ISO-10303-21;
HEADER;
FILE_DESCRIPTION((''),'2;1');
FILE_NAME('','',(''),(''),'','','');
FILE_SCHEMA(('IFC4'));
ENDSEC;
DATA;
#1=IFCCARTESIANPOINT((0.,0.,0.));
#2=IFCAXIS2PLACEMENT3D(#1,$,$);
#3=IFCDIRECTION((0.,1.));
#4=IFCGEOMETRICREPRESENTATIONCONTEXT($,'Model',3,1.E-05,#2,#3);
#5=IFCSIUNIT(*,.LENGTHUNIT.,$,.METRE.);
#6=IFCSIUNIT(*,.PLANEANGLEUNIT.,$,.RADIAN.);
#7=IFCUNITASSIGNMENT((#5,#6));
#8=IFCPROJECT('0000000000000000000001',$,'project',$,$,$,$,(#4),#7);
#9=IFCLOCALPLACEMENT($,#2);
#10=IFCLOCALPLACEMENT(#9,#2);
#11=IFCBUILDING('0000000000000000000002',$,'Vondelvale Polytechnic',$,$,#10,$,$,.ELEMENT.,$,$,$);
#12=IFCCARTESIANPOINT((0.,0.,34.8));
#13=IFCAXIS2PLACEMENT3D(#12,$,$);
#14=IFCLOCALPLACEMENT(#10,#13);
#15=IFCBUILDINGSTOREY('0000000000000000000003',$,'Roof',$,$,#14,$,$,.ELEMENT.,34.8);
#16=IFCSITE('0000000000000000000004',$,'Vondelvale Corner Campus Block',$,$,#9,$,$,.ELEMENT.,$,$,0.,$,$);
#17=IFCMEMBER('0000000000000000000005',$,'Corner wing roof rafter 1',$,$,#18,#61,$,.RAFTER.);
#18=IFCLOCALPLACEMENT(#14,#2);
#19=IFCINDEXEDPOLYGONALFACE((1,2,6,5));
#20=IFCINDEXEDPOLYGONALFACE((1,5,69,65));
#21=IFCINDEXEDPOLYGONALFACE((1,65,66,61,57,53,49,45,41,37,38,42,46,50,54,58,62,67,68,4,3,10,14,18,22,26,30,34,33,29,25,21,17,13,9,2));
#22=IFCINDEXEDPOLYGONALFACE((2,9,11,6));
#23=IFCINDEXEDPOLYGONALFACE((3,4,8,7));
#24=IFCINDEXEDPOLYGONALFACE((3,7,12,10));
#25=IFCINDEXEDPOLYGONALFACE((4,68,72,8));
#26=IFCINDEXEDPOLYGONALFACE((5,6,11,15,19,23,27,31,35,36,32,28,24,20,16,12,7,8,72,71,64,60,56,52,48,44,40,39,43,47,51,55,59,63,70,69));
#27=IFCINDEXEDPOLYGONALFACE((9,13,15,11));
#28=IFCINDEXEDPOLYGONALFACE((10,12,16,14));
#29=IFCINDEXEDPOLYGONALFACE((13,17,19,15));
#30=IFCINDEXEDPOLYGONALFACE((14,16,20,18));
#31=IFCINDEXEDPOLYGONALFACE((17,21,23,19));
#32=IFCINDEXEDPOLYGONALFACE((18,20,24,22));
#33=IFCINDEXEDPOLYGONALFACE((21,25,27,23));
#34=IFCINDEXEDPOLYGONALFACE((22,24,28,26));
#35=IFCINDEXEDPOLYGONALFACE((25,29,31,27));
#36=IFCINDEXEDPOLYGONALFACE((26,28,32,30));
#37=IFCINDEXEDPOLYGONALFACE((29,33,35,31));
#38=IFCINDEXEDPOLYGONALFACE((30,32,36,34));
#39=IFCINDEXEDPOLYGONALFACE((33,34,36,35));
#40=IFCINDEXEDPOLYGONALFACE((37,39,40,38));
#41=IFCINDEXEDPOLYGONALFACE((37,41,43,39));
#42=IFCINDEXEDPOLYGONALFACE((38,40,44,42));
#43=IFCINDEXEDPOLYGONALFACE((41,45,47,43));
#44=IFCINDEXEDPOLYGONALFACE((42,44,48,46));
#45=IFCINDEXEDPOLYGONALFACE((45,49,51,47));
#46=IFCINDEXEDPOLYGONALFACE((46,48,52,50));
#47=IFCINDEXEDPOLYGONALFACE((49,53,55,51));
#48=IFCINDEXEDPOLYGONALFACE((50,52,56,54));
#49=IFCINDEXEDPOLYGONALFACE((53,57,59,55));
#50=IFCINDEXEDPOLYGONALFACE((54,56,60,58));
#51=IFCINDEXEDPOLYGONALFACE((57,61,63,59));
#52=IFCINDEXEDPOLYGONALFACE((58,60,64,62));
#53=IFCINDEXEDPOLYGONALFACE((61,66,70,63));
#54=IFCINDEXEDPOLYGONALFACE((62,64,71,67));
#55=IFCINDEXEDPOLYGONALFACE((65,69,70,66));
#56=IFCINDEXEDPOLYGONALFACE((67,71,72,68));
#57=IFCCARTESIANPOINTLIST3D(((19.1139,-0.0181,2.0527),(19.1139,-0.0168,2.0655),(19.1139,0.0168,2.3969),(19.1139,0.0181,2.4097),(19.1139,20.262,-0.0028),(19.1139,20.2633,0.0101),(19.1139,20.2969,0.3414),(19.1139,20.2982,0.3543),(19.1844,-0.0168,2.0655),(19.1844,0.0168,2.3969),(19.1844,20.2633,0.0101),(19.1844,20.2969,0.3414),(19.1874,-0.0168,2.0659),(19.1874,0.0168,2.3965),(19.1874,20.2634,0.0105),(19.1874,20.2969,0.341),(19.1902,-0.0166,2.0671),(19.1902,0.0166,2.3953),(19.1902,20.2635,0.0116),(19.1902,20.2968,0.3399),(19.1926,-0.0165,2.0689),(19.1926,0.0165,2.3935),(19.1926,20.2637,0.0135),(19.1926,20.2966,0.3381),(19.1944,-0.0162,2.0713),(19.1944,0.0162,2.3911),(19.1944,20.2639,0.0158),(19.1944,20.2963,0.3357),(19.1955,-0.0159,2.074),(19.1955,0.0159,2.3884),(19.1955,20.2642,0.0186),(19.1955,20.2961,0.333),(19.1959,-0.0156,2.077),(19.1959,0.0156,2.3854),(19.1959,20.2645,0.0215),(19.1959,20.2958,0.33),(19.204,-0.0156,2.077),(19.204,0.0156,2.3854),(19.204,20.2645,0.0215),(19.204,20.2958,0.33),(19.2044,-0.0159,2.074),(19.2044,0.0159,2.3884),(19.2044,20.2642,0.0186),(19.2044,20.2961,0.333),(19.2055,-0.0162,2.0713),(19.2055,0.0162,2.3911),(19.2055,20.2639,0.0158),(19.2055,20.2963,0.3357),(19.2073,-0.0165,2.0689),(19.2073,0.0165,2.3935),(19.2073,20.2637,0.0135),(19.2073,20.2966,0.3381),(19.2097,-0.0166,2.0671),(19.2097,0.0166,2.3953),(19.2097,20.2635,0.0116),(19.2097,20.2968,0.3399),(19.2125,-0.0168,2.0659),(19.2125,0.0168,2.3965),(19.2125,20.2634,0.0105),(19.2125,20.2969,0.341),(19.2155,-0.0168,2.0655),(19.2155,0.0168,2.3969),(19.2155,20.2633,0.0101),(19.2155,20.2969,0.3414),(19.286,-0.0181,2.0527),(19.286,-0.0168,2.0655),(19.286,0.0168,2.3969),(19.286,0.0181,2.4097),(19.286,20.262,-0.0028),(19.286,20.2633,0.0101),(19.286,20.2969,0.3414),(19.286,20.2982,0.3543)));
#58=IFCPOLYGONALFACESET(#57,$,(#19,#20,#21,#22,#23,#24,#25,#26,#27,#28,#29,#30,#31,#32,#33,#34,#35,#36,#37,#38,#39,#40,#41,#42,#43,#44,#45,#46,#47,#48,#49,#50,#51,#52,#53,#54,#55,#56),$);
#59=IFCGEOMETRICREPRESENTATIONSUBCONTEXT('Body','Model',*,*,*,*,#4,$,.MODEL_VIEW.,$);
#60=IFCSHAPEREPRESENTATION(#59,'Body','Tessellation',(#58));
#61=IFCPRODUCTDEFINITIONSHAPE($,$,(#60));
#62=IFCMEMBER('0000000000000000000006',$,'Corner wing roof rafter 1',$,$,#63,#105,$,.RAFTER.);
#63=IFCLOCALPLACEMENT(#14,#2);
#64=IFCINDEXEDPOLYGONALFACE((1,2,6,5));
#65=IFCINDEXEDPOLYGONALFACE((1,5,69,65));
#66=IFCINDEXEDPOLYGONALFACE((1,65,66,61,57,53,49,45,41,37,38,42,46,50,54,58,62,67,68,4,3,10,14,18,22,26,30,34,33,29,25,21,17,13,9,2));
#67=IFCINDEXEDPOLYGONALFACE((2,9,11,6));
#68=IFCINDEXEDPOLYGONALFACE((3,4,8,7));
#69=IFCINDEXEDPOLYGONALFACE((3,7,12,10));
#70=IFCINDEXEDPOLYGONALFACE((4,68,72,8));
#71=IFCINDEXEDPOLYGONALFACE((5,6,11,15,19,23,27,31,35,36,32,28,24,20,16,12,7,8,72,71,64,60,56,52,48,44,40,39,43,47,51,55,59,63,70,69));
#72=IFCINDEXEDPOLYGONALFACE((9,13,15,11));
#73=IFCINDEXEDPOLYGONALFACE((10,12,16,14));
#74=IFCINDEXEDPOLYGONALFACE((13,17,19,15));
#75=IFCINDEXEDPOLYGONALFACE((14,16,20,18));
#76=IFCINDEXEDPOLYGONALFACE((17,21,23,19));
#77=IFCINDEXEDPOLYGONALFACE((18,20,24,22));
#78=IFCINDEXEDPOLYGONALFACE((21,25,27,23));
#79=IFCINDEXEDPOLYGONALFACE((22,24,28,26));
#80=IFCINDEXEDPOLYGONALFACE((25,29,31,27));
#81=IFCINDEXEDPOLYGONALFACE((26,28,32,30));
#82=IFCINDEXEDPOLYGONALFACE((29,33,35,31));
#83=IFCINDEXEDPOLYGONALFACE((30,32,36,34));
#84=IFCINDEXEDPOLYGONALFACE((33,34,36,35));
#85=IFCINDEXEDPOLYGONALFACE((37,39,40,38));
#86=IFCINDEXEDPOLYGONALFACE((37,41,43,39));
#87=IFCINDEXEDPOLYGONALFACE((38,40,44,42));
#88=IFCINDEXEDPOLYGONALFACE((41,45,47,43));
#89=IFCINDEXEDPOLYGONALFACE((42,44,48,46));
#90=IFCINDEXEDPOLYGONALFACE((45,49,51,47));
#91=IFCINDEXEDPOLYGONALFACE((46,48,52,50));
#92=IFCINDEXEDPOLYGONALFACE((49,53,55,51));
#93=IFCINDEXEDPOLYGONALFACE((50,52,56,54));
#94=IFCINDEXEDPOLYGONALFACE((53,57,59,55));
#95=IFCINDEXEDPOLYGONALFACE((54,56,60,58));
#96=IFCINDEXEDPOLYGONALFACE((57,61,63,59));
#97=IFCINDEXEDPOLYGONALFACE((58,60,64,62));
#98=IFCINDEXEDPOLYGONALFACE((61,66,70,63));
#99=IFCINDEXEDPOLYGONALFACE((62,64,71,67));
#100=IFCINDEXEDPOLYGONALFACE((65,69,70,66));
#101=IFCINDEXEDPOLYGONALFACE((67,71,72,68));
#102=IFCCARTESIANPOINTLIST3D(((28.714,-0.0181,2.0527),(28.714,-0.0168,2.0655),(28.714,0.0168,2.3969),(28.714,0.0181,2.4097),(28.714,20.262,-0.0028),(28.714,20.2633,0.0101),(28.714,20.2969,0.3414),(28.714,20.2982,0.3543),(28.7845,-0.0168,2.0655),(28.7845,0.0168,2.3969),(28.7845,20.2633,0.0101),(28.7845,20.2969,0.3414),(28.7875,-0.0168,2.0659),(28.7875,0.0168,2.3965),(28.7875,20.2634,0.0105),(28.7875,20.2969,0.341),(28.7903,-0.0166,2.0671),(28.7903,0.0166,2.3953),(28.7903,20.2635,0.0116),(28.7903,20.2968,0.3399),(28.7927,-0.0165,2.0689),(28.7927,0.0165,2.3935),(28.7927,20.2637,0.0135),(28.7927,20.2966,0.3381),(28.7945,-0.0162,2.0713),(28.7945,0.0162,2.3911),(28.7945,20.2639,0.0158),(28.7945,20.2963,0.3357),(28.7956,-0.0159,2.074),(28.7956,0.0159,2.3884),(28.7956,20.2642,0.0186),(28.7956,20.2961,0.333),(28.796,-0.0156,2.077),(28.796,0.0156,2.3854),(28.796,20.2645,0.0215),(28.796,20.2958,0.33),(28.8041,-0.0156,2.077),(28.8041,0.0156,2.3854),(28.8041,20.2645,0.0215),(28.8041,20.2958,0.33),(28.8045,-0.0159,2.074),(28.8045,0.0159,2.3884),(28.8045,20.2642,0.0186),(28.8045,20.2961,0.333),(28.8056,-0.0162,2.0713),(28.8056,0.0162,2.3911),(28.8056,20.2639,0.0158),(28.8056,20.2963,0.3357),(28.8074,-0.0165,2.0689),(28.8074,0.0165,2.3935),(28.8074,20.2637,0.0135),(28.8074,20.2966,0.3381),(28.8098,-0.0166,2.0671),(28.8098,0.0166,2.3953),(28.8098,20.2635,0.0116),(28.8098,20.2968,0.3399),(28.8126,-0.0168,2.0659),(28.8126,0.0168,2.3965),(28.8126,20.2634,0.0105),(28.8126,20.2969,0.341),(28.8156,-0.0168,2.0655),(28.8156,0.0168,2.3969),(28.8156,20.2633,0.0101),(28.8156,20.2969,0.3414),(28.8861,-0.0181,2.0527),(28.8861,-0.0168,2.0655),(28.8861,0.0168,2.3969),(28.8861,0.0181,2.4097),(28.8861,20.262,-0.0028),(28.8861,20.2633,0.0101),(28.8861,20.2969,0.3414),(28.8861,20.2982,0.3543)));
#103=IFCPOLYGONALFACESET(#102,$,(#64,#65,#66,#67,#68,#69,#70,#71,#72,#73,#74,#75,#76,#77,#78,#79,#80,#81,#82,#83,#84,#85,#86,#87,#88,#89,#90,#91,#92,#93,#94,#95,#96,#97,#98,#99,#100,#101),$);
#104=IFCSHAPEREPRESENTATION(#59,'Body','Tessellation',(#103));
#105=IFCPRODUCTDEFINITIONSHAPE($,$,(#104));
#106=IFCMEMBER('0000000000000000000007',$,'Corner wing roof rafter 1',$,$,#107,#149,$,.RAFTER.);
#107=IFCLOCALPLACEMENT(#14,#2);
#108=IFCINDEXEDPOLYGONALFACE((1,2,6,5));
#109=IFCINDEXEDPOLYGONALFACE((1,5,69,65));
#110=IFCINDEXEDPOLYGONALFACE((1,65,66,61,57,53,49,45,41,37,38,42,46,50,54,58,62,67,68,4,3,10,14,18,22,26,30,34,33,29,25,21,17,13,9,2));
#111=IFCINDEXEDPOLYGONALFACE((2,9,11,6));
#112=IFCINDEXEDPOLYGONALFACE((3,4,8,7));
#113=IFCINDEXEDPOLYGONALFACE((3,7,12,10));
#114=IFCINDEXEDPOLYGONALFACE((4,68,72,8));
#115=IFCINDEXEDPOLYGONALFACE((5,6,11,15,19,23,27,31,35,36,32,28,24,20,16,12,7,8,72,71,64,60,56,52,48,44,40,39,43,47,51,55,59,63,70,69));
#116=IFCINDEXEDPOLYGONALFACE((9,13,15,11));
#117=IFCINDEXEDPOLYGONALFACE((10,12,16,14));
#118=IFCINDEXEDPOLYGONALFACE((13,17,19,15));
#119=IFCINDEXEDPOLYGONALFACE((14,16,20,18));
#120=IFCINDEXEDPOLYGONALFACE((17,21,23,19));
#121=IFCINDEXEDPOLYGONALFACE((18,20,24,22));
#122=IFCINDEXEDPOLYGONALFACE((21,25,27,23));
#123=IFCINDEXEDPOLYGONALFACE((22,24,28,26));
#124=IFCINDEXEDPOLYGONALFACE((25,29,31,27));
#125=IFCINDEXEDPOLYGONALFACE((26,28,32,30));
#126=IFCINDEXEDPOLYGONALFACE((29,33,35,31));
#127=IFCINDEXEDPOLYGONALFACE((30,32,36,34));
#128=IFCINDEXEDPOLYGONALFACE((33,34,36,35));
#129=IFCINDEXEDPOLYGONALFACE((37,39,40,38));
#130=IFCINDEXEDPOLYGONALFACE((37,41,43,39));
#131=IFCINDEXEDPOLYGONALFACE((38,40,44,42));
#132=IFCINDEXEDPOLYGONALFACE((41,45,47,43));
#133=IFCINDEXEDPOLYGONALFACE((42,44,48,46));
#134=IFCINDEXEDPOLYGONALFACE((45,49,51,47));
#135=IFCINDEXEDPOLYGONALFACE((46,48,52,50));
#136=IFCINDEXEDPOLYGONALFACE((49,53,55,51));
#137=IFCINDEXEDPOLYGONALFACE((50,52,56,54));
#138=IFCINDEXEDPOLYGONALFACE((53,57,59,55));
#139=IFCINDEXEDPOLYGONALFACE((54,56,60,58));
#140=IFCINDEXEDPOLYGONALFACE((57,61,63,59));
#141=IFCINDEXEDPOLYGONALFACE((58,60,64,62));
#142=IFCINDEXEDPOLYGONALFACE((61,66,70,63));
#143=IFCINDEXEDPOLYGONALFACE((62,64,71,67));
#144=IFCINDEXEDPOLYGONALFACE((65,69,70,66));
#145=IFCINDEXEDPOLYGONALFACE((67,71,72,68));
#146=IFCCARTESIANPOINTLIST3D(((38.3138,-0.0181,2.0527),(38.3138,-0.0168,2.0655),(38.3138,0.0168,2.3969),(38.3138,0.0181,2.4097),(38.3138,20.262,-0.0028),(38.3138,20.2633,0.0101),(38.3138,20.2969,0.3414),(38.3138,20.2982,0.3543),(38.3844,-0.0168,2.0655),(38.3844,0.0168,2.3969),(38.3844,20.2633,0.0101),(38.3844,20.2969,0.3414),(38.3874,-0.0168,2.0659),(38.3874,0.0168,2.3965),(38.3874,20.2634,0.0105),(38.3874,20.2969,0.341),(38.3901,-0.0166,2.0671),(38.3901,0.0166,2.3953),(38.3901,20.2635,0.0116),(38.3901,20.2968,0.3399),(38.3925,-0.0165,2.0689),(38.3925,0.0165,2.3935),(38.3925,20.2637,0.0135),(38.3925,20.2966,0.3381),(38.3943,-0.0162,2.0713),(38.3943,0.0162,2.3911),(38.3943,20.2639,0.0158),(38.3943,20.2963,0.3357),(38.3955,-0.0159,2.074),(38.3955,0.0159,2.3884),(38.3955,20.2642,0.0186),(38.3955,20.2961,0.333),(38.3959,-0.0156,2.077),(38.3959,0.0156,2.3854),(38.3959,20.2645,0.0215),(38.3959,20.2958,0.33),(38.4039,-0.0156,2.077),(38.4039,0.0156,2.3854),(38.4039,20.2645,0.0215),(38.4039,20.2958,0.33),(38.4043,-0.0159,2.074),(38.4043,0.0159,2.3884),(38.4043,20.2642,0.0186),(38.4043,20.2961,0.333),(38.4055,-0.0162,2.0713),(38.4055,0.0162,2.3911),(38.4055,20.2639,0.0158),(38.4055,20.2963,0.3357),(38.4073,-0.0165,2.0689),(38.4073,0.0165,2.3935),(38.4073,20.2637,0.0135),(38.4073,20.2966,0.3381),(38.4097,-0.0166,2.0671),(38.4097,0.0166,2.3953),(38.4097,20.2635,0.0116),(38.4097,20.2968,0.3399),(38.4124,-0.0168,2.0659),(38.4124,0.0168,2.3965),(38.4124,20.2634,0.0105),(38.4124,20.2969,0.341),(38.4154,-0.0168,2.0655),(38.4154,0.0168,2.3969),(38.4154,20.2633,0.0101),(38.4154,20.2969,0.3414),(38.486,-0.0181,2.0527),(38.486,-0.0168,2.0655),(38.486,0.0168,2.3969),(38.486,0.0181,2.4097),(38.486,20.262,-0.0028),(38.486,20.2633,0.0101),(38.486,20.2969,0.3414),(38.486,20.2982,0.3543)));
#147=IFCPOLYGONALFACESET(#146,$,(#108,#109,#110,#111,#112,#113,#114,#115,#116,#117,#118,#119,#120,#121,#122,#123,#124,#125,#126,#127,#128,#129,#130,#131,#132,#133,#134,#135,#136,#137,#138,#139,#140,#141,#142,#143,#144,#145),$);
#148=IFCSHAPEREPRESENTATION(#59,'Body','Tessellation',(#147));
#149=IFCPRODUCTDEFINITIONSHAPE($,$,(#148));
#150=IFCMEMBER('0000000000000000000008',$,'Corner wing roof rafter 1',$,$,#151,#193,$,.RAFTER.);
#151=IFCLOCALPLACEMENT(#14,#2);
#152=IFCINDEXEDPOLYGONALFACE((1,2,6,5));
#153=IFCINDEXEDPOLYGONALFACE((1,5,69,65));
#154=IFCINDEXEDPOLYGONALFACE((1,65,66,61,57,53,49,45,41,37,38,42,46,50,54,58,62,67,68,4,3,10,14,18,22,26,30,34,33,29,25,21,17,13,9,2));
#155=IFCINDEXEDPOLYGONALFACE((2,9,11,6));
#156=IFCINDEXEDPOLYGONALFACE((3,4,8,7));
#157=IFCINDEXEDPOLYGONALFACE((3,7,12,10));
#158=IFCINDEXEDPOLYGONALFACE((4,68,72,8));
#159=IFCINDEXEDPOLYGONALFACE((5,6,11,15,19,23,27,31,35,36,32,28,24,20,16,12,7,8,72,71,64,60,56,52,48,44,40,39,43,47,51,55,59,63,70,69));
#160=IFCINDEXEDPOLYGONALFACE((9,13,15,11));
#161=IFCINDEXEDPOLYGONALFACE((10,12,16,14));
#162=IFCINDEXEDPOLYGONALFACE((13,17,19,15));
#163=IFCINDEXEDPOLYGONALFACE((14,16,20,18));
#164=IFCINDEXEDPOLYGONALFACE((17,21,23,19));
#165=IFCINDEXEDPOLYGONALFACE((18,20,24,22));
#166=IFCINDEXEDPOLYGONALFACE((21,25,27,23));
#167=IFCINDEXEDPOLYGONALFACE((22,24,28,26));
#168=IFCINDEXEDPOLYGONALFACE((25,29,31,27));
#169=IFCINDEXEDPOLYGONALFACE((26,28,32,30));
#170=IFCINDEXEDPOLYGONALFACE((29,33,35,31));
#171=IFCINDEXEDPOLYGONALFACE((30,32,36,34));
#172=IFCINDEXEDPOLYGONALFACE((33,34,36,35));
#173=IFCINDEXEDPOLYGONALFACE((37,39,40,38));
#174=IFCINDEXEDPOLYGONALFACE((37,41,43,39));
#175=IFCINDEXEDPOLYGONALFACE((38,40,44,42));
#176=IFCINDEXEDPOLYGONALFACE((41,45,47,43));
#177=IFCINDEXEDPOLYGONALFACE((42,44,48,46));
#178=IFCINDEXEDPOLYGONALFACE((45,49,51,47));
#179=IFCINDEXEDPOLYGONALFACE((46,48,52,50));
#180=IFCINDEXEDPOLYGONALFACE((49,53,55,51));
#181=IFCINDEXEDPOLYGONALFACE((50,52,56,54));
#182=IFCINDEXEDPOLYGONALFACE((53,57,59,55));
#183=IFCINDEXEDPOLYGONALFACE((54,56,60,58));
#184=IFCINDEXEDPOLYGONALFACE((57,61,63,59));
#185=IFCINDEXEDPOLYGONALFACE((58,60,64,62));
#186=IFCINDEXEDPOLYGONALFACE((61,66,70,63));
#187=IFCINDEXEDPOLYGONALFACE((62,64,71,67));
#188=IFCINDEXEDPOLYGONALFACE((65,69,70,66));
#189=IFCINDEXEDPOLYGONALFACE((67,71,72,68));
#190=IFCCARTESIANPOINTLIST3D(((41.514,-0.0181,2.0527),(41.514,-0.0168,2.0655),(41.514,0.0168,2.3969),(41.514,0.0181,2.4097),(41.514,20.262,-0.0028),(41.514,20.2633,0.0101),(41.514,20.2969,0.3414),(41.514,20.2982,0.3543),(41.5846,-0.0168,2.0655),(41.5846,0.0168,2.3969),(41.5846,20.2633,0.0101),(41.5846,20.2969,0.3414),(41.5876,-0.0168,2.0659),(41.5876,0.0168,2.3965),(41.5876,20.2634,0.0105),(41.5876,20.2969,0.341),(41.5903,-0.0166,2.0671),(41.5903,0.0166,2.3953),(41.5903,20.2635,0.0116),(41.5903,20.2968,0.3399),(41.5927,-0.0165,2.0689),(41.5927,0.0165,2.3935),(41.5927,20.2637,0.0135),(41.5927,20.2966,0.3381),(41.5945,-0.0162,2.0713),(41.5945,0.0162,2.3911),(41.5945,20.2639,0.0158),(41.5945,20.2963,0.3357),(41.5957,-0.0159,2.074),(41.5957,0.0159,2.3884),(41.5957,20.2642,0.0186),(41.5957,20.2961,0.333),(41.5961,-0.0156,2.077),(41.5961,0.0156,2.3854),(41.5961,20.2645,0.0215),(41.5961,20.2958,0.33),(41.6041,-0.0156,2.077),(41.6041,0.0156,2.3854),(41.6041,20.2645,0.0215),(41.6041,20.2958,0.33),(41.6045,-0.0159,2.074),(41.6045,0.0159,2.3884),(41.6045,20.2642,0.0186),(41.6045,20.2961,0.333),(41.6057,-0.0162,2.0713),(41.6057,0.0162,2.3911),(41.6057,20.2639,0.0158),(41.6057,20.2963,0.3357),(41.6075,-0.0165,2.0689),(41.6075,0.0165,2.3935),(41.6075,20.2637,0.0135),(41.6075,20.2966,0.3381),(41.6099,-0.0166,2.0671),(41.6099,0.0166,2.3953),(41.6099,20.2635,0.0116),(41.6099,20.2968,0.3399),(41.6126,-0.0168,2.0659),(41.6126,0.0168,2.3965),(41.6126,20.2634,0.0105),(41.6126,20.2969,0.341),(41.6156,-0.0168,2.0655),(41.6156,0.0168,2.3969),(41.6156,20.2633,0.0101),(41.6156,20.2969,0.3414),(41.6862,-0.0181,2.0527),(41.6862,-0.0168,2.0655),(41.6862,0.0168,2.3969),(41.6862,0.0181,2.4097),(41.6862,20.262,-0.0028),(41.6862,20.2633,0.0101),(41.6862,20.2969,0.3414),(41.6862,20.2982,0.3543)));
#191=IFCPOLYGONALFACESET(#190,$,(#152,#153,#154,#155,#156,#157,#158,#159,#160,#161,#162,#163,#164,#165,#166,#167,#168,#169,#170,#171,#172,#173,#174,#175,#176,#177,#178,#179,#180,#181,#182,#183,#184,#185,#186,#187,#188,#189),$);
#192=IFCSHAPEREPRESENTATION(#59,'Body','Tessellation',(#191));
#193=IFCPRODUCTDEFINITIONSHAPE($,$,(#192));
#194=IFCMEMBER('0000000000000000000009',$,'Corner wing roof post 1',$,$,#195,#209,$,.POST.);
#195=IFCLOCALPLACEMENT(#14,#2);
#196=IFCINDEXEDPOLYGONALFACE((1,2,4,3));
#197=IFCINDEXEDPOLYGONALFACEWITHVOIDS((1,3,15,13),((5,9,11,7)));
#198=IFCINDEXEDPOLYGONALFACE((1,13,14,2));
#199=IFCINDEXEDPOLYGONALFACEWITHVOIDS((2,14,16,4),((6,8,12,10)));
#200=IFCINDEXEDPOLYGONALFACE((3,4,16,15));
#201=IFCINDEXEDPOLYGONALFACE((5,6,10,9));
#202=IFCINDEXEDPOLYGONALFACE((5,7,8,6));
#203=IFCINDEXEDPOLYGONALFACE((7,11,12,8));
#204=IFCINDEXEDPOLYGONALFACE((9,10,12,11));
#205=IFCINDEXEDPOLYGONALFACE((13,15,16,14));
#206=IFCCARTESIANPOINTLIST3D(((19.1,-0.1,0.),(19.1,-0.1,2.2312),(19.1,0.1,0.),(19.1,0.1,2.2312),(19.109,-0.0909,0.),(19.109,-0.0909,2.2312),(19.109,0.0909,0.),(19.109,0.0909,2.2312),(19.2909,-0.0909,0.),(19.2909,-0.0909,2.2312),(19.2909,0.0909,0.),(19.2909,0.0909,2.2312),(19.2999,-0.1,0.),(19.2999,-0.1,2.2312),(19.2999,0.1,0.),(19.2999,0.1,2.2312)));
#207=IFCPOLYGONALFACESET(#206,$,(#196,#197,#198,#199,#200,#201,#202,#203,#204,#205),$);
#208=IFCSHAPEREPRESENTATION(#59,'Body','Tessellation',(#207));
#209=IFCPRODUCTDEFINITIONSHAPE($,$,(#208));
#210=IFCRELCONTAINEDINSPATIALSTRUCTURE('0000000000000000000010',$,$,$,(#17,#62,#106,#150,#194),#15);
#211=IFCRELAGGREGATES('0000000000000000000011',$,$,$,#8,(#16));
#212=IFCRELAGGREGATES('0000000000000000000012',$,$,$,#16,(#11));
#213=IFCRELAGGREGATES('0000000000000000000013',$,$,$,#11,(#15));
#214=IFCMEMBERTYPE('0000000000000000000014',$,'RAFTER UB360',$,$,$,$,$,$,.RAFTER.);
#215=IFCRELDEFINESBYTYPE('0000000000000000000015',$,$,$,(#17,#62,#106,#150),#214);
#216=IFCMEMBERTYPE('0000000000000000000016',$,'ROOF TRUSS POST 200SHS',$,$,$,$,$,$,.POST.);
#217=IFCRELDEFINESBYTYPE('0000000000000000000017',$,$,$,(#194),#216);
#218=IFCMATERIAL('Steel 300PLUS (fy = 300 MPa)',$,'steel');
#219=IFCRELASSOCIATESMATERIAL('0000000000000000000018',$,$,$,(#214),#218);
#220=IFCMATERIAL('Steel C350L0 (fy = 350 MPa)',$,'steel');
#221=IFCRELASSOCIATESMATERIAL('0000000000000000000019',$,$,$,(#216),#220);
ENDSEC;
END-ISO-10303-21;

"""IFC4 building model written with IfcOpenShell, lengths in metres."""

from ifc_helpers import new_model, si_unit, direction, frame, origin, origin_2d, place, context, subcontext, project, spatial, hollow_rectangle, i_section, extrude, material, material_profile, profile_set, type_object, element, save


model = new_model("IFC4")

# Units and contexts
model_context = context("Model", 3, precision=1e-05, world=origin(), true_north=direction((0.0, 1.0)))
body_context = subcontext(model_context, "Body", "Model", "MODEL_VIEW")
ifc_project = project(units=[si_unit("LENGTHUNIT", "METRE"), si_unit("PLANEANGLEUNIT", "RADIAN")], contexts=[model_context])

# Site, building, storey
site_placement = place(None, origin())
site = spatial("IfcSite", under=ifc_project, at=site_placement, Name="Vondelvale Corner Campus Block", CompositionType="ELEMENT", RefElevation=0.0)
building_placement = place(site_placement, origin())
building = spatial("IfcBuilding", under=site, at=building_placement, Name="Vondelvale Polytechnic", CompositionType="ELEMENT")
storey_placement = place(building_placement, frame((0.0, 0.0, 34.8)))
storey = spatial("IfcBuildingStorey", under=building, at=storey_placement, Name="Roof", CompositionType="ELEMENT", Elevation=34.8)

# Members
ifc_material_1 = material(Name="Steel 300PLUS (fy = 300 MPa)", Category="steel")
ifc_material_profile_1 = material_profile(ifc_material_1, i_section(OverallWidth=0.1721, OverallDepth=0.3589, WebThickness=0.0081, FlangeThickness=0.0129, FilletRadius=0.0115, at=origin_2d()), Name="360UB56.7")
ifc_profile_set_1 = profile_set([ifc_material_profile_1], Name="Steel 300PLUS (fy = 300 MPa)")
member_type_1 = type_object("IfcMemberType", Name="RAFTER UB360", PredefinedType="RAFTER", material=ifc_profile_set_1)
for number, where, z_axis, x_axis, name in (
    (1, (19.2, 0.0, 2.2312), (0.0, 0.994903, -0.100835), (-1.0, 0.0, 0.0), "Corner wing roof rafter 1"),
    (2, (28.8, 0.0, 2.2312), (0.0, 0.994903, -0.100835), (-1.0, 0.0, 0.0), "Corner wing roof rafter 1"),
    (3, (38.3999, 0.0, 2.2312), (0.0, 0.994903, -0.100835), (-1.0, 0.0, 0.0), "Corner wing roof rafter 1"),
    (4, (41.6001, 0.0, 2.2312), (0.0, 0.994903, -0.100835), (-1.0, 0.0, 0.0), "Corner wing roof rafter 1"),
):
    element("IfcMember", number, at=place(storey_placement, frame(where, z_axis=z_axis, x_axis=x_axis)), inside=storey, type_object=member_type_1, Name=name, PredefinedType="RAFTER", context=body_context, shape_type="SweptSolid", body=[
        extrude(i_section(OverallWidth=0.1721, OverallDepth=0.3589, WebThickness=0.0081, FlangeThickness=0.0129, FilletRadius=0.0115, at=origin_2d()), origin(), (0.0, 0.0, 1.0), 20.384),
    ])
ifc_material_2 = material(Name="Steel C350L0 (fy = 350 MPa)", Category="steel")
ifc_material_profile_2 = material_profile(ifc_material_2, hollow_rectangle(XDim=0.2, YDim=0.2, WallThickness=0.009, at=origin_2d()), Name="200x200x9.0SHS")
ifc_profile_set_2 = profile_set([ifc_material_profile_2], Name="Steel C350L0 (fy = 350 MPa)")
member_type_2 = type_object("IfcMemberType", Name="ROOF TRUSS POST 200SHS", PredefinedType="POST", material=ifc_profile_set_2)
member_1_placement = place(storey_placement, frame((19.2, 0.0, 0.0), z_axis=(0.0, 0.0, 1.0), x_axis=(1.0, 0.0, 0.0)))
element("IfcMember", 5, at=member_1_placement, inside=storey, type_object=member_type_2, Name="Corner wing roof post 1", PredefinedType="POST", context=body_context, shape_type="SweptSolid", body=[
    extrude(hollow_rectangle(XDim=0.2, YDim=0.2, WallThickness=0.009, at=origin_2d()), origin(), (0.0, 0.0, 1.0), 2.2312),
])

save(model, "model.ifc")
